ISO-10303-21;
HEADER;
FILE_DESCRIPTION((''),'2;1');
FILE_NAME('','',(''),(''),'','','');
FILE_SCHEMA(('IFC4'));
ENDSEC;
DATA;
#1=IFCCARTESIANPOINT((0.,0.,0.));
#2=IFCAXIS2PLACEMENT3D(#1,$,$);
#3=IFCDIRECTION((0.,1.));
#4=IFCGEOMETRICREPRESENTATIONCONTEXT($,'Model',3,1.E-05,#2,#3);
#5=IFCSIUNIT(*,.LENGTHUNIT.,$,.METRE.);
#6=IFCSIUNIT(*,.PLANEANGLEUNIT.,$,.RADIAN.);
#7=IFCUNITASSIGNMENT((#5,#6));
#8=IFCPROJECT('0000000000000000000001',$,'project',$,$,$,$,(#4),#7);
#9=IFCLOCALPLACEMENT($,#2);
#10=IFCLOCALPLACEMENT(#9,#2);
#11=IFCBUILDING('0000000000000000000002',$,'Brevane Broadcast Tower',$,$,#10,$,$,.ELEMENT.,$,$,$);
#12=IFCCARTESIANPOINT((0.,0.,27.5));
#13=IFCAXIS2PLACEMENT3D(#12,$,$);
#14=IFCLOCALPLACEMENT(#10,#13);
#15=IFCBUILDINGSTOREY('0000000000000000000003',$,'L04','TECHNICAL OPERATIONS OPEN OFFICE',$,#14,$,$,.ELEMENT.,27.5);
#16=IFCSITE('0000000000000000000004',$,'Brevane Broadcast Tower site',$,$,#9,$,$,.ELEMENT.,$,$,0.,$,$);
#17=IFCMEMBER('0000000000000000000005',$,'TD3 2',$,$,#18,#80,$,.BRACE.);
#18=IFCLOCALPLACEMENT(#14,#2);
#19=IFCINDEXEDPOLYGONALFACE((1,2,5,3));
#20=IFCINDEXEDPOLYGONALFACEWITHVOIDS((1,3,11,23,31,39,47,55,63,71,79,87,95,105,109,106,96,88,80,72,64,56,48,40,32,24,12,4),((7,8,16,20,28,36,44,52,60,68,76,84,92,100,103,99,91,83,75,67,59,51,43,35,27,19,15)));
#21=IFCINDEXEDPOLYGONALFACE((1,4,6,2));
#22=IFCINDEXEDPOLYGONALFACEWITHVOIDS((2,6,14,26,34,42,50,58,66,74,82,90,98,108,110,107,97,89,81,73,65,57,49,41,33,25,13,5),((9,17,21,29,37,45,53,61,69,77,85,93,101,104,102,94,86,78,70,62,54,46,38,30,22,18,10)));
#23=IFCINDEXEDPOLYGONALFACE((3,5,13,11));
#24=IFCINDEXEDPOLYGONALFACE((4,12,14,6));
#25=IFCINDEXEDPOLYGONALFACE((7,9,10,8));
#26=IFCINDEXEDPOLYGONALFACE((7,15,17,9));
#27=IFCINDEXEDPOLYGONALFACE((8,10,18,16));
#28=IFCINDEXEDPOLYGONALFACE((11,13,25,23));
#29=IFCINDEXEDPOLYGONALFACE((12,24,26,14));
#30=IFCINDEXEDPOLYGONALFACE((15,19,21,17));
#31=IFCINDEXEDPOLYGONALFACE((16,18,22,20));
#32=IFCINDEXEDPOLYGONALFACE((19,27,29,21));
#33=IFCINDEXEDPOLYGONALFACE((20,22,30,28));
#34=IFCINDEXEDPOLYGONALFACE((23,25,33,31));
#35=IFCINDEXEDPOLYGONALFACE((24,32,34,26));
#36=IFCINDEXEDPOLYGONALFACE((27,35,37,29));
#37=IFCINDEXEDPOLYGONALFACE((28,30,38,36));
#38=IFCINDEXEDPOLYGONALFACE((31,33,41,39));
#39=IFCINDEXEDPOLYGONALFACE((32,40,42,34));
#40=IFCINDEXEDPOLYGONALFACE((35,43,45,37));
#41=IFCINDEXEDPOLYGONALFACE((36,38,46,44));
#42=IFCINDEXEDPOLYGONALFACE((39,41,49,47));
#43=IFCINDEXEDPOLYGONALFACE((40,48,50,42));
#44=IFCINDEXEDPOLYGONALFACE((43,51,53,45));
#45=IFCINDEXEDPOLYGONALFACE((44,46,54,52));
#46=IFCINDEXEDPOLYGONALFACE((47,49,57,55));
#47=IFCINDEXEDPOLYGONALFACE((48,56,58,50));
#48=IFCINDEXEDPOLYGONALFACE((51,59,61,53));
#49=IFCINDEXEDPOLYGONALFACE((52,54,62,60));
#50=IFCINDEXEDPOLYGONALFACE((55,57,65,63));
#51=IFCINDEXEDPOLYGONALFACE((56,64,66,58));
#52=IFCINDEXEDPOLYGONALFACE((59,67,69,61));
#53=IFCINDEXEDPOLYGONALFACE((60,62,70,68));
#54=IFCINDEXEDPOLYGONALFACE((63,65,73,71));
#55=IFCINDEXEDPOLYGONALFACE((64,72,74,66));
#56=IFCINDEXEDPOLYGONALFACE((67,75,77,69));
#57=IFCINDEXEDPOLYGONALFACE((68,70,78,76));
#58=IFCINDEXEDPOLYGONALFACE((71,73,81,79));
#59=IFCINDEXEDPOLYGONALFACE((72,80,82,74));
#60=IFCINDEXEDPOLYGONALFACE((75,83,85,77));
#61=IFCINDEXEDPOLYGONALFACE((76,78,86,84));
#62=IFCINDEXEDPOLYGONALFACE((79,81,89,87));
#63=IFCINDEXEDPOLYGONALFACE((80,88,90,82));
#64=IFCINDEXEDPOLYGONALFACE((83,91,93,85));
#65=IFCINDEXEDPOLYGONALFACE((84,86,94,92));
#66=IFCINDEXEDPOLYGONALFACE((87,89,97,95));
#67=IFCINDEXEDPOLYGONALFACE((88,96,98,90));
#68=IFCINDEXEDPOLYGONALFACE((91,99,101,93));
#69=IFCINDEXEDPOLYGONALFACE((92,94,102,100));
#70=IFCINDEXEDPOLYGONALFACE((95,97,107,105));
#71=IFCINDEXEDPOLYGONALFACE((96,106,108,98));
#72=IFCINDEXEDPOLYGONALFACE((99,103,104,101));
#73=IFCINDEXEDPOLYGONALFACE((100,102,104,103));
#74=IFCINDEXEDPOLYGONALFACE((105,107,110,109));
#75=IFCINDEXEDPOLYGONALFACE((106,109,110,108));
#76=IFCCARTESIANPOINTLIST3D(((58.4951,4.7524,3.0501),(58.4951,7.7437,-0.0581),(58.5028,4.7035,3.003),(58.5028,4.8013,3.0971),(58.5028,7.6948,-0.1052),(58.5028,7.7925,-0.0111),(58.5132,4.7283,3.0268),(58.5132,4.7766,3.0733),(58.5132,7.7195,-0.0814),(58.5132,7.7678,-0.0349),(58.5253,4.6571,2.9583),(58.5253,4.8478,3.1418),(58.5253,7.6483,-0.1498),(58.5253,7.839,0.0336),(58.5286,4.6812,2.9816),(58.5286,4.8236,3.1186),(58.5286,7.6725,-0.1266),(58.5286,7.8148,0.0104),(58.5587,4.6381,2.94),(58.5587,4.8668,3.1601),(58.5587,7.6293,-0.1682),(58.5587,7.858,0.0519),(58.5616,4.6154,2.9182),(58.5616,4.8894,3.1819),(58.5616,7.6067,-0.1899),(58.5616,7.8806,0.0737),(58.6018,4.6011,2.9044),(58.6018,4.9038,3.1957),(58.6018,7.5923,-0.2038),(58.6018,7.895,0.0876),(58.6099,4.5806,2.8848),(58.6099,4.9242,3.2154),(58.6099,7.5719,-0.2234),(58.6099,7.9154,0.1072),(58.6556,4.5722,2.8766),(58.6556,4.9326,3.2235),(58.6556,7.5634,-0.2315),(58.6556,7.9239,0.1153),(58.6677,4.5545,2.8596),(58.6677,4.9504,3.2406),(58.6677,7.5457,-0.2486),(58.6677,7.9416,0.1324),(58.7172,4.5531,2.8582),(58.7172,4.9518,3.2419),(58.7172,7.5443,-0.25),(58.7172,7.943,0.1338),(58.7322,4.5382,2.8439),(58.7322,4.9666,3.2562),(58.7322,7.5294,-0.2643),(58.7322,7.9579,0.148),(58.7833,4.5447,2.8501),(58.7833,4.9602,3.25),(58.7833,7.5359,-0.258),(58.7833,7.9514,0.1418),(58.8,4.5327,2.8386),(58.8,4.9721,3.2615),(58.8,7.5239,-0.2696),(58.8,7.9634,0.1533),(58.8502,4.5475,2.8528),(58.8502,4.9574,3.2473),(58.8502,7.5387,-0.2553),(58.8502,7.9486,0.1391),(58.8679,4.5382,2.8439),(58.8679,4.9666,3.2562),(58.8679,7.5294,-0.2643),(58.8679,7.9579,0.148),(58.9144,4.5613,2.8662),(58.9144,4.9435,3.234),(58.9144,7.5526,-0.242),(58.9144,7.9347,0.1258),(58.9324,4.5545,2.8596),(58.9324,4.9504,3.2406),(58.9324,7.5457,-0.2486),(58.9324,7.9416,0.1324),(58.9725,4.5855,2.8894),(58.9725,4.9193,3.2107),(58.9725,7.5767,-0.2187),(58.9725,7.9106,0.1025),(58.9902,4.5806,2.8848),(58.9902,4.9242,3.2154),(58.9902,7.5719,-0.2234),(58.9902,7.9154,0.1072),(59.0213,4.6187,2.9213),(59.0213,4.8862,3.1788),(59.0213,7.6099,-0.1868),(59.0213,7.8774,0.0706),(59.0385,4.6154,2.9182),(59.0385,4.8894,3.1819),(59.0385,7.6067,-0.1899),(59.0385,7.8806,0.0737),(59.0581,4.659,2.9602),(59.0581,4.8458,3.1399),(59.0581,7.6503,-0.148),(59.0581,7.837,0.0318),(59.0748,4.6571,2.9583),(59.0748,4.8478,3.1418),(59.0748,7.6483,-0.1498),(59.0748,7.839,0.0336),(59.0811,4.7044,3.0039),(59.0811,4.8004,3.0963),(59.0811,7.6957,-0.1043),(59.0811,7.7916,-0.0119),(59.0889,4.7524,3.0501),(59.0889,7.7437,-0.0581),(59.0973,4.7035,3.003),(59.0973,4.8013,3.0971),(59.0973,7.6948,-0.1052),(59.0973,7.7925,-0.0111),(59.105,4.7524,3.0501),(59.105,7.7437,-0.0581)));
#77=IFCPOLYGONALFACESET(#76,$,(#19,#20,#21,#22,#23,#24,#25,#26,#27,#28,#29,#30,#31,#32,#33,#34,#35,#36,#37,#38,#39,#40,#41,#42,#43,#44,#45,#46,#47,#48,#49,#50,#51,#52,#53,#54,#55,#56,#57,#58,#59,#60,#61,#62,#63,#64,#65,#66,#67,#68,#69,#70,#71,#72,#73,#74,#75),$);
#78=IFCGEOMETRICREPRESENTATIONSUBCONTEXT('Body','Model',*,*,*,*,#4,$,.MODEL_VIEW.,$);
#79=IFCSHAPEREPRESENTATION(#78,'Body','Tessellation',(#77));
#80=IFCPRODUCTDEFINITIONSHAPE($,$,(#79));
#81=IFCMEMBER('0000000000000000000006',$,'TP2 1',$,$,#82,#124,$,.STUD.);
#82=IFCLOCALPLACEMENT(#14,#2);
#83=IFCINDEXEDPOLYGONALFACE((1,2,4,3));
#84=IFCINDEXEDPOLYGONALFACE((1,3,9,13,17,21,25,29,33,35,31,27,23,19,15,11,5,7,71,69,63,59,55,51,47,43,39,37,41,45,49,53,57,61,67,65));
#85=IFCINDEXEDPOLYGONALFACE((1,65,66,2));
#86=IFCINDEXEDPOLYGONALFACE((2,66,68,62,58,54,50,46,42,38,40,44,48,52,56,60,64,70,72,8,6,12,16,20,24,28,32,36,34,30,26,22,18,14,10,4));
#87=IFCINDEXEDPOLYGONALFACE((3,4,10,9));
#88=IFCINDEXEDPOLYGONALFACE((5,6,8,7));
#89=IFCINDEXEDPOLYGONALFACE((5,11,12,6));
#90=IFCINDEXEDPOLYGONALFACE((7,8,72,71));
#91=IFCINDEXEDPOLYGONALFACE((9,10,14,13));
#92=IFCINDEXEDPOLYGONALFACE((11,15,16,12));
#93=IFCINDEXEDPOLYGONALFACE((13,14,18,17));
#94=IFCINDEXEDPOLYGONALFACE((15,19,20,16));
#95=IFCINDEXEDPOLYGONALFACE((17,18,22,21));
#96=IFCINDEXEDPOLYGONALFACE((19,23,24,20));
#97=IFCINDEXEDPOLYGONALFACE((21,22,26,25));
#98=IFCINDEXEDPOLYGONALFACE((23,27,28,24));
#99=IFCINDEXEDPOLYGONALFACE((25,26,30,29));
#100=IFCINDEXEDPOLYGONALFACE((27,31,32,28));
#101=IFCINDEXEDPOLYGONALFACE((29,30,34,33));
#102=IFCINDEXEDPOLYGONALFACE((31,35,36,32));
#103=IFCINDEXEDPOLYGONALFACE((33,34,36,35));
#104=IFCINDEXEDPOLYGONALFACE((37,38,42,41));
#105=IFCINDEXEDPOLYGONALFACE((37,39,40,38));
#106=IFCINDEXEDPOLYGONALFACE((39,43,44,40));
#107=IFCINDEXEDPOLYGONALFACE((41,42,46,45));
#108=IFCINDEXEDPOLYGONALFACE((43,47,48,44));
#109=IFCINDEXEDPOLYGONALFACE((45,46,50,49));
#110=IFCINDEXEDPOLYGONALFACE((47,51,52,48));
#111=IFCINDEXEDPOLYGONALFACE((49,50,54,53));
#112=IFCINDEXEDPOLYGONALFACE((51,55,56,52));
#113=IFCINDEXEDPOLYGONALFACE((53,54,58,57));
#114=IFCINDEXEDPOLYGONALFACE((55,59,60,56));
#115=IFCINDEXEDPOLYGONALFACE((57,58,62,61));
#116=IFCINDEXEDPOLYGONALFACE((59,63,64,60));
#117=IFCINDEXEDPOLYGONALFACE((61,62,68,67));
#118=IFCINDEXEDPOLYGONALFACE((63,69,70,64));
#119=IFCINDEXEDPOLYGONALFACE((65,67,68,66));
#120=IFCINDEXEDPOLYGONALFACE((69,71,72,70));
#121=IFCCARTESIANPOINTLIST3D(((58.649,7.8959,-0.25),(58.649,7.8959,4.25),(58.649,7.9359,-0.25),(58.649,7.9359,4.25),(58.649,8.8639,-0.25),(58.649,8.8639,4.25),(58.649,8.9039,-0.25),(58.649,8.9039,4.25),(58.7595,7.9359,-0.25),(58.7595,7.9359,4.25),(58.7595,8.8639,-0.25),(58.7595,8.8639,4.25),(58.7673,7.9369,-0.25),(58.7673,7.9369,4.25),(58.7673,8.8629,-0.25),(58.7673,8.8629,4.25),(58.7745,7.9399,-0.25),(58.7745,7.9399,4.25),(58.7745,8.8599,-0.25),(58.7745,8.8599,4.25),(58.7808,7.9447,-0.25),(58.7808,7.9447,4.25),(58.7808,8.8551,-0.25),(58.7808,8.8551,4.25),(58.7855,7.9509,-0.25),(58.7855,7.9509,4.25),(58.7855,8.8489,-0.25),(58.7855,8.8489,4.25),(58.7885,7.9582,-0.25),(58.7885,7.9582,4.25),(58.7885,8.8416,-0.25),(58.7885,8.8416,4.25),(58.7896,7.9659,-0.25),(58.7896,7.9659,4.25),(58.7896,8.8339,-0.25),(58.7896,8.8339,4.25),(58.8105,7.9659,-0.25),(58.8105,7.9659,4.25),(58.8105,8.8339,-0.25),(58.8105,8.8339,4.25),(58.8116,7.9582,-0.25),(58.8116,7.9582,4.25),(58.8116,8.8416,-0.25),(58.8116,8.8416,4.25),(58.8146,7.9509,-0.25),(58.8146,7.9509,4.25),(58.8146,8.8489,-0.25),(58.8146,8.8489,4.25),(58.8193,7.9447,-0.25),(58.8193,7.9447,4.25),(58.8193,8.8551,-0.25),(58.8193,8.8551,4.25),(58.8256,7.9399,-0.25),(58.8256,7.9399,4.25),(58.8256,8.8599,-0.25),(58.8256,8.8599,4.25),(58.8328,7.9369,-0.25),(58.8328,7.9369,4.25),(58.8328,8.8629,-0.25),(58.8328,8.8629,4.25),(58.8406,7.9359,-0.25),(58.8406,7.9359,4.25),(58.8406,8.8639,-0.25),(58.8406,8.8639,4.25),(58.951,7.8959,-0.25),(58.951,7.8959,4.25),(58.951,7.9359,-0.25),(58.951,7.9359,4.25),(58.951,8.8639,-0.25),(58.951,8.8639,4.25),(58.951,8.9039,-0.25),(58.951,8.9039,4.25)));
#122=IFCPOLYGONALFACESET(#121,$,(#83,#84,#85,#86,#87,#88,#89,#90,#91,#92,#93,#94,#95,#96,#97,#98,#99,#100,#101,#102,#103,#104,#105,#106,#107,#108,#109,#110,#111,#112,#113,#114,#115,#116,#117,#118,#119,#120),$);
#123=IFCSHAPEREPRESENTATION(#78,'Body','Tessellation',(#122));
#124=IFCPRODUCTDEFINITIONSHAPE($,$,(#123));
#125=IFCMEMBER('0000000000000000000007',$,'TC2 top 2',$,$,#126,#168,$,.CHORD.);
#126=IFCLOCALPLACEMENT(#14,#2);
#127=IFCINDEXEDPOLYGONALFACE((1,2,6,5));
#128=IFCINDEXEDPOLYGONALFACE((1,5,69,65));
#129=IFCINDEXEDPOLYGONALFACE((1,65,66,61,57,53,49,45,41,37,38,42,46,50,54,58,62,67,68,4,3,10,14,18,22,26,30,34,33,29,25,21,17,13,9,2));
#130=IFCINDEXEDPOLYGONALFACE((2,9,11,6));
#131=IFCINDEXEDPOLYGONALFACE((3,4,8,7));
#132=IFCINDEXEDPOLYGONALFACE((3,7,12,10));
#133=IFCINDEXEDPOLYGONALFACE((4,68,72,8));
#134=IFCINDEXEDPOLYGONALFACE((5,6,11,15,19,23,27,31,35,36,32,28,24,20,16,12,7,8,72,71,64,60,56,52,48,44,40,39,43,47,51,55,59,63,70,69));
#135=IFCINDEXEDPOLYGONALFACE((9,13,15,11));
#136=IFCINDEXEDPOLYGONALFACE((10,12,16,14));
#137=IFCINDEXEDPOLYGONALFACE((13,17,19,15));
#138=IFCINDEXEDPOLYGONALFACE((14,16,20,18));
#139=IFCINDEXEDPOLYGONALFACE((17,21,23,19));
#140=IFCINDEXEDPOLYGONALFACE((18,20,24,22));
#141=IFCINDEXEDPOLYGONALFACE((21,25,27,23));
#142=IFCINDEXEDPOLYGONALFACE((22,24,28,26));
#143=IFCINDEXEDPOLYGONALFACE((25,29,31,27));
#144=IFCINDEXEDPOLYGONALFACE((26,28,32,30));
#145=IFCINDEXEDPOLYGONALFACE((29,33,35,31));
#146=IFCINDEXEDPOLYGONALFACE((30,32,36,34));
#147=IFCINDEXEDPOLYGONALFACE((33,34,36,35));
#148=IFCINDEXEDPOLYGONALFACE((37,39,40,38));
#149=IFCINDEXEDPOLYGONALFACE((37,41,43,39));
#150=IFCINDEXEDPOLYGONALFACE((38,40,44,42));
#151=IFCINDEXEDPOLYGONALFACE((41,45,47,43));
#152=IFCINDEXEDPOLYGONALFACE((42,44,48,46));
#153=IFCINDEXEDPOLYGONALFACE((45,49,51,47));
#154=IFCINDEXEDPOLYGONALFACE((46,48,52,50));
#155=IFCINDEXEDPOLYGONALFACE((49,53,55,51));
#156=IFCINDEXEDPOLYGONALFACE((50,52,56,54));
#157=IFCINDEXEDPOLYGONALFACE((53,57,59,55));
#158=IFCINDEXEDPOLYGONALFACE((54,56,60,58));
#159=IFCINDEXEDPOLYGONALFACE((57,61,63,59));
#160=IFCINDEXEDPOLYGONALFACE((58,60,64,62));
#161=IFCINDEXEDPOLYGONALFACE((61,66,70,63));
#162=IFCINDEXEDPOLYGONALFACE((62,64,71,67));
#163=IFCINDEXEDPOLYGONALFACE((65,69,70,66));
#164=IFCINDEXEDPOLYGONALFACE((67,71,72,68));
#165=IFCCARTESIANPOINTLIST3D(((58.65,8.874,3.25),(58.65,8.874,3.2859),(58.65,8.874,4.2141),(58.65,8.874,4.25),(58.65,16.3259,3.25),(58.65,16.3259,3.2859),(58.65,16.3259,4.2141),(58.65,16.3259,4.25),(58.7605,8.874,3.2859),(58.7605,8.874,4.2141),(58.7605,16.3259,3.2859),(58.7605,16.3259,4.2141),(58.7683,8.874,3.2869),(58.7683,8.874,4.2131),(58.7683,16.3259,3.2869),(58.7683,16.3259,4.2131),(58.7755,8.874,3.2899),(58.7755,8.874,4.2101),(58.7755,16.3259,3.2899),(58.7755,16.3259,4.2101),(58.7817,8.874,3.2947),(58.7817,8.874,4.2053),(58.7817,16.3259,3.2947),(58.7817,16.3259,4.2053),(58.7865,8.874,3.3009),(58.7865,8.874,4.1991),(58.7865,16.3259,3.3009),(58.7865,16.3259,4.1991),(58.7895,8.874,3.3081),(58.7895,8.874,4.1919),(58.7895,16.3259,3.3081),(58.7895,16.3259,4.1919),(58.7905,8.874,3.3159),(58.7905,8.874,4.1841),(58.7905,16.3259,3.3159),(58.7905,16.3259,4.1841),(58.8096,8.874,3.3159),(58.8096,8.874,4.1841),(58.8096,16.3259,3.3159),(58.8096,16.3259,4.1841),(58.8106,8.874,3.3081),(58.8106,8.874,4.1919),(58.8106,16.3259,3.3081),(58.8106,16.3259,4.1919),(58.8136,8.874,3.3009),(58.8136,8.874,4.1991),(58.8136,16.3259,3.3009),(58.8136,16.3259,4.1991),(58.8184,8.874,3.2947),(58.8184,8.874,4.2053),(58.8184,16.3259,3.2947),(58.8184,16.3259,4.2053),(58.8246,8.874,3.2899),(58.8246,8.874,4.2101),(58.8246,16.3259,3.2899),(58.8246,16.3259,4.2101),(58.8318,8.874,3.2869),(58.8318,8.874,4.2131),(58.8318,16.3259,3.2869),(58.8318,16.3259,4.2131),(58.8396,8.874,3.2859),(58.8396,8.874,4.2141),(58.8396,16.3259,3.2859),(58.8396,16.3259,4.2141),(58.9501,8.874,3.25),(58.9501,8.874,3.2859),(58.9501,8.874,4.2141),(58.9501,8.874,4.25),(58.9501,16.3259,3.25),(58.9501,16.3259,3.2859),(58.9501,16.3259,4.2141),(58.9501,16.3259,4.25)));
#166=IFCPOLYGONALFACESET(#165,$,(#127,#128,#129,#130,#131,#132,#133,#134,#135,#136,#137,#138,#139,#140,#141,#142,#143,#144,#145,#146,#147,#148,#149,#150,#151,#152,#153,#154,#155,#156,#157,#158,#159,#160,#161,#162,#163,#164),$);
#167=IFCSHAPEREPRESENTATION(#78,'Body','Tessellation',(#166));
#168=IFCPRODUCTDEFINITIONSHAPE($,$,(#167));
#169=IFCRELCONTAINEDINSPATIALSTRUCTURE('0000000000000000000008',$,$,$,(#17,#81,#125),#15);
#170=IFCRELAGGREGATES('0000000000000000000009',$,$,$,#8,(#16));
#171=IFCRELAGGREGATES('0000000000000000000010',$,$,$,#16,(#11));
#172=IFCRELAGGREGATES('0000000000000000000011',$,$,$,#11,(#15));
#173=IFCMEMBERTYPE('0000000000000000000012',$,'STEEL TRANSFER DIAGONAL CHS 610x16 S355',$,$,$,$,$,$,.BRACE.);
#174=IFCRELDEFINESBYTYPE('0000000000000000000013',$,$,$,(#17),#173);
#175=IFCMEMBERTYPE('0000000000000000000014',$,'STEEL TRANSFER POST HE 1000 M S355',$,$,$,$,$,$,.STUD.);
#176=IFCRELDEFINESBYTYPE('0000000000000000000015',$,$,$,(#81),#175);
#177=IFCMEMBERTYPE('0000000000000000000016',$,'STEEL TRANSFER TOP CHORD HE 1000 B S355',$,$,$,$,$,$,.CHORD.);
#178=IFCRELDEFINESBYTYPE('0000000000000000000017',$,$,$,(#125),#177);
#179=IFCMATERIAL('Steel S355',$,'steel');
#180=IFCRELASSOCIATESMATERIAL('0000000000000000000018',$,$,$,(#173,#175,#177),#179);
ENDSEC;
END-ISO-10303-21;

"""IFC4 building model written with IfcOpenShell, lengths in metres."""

from ifc_helpers import new_model, si_unit, direction, frame, origin, origin_2d, place, context, subcontext, project, spatial, hollow_circle, i_section, extrude, material, material_profile, profile_set, type_object, element, save


model = new_model("IFC4")

# Units and contexts
model_context = context("Model", 3, precision=1e-05, world=origin(), true_north=direction((0.0, 1.0)))
body_context = subcontext(model_context, "Body", "Model", "MODEL_VIEW")
ifc_project = project(units=[si_unit("LENGTHUNIT", "METRE"), si_unit("PLANEANGLEUNIT", "RADIAN")], contexts=[model_context])

# Site, building, storey
site_placement = place(None, origin())
site = spatial("IfcSite", under=ifc_project, at=site_placement, Name="Brevane Broadcast Tower site", CompositionType="ELEMENT", RefElevation=0.0)
building_placement = place(site_placement, origin())
building = spatial("IfcBuilding", under=site, at=building_placement, Name="Brevane Broadcast Tower", CompositionType="ELEMENT")
storey_placement = place(building_placement, frame((0.0, 0.0, 27.5)))
storey = spatial("IfcBuildingStorey", under=building, at=storey_placement, Name="L04", Description="TECHNICAL OPERATIONS OPEN OFFICE", CompositionType="ELEMENT", Elevation=27.5)

# Members
ifc_material_1 = material(Name="Steel S355", Category="steel")
ifc_material_profile_1 = material_profile(ifc_material_1, hollow_circle(Radius=0.3049, WallThickness=0.0161, at=origin_2d()), Name="CHS 610x16")
ifc_profile_set_1 = profile_set([ifc_material_profile_1], Name="Steel S355")
member_type_1 = type_object("IfcMemberType", Name="STEEL TRANSFER DIAGONAL CHS 610x16 S355", PredefinedType="BRACE", material=ifc_profile_set_1)
member_1_placement = place(storey_placement, frame((58.8, 7.7437, -0.0581), z_axis=(0.0, -0.693422, 0.720532), x_axis=(1.0, 0.0, 0.0)))
element("IfcMember", 1, at=member_1_placement, inside=storey, type_object=member_type_1, Name="TD3 2", PredefinedType="BRACE", context=body_context, shape_type="SweptSolid", body=[
    extrude(hollow_circle(Radius=0.3049, WallThickness=0.0161, at=origin_2d()), origin(), (0.0, 0.0, 1.0), 4.3137),
])
ifc_material_profile_2 = material_profile(ifc_material_1, i_section(OverallWidth=0.302, OverallDepth=1.0081, WebThickness=0.021, FlangeThickness=0.04, FilletRadius=0.03, at=origin_2d()), Name="HE 1000 M")
ifc_profile_set_2 = profile_set([ifc_material_profile_2], Name="Steel S355")
member_type_2 = type_object("IfcMemberType", Name="STEEL TRANSFER POST HE 1000 M S355", PredefinedType="STUD", material=ifc_profile_set_2)
member_2_placement = place(storey_placement, frame((58.8, 8.3999, -0.25), z_axis=(0.0, 0.0, 1.0), x_axis=(1.0, 0.0, 0.0)))
element("IfcMember", 2, at=member_2_placement, inside=storey, type_object=member_type_2, Name="TP2 1", PredefinedType="STUD", context=body_context, shape_type="SweptSolid", body=[
    extrude(i_section(OverallWidth=0.302, OverallDepth=1.0081, WebThickness=0.021, FlangeThickness=0.04, FilletRadius=0.03, at=origin_2d()), origin(), (0.0, 0.0, 1.0), 4.5),
])
ifc_material_profile_3 = material_profile(ifc_material_1, i_section(OverallWidth=0.3, OverallDepth=1.0, WebThickness=0.019, FlangeThickness=0.0359, FilletRadius=0.03, at=origin_2d()), Name="HE 1000 B")
ifc_profile_set_3 = profile_set([ifc_material_profile_3], Name="Steel S355")
member_type_3 = type_object("IfcMemberType", Name="STEEL TRANSFER TOP CHORD HE 1000 B S355", PredefinedType="CHORD", material=ifc_profile_set_3)
member_3_placement = place(storey_placement, frame((58.8, 8.874, 3.75), z_axis=(0.0, 1.0, 0.0), x_axis=(-1.0, 0.0, 0.0)))
element("IfcMember", 3, at=member_3_placement, inside=storey, type_object=member_type_3, Name="TC2 top 2", PredefinedType="CHORD", context=body_context, shape_type="SweptSolid", body=[
    extrude(i_section(OverallWidth=0.3, OverallDepth=1.0, WebThickness=0.019, FlangeThickness=0.0359, FilletRadius=0.03, at=origin_2d()), origin(), (0.0, 0.0, 1.0), 7.4519),
])

save(model, "model.ifc")
